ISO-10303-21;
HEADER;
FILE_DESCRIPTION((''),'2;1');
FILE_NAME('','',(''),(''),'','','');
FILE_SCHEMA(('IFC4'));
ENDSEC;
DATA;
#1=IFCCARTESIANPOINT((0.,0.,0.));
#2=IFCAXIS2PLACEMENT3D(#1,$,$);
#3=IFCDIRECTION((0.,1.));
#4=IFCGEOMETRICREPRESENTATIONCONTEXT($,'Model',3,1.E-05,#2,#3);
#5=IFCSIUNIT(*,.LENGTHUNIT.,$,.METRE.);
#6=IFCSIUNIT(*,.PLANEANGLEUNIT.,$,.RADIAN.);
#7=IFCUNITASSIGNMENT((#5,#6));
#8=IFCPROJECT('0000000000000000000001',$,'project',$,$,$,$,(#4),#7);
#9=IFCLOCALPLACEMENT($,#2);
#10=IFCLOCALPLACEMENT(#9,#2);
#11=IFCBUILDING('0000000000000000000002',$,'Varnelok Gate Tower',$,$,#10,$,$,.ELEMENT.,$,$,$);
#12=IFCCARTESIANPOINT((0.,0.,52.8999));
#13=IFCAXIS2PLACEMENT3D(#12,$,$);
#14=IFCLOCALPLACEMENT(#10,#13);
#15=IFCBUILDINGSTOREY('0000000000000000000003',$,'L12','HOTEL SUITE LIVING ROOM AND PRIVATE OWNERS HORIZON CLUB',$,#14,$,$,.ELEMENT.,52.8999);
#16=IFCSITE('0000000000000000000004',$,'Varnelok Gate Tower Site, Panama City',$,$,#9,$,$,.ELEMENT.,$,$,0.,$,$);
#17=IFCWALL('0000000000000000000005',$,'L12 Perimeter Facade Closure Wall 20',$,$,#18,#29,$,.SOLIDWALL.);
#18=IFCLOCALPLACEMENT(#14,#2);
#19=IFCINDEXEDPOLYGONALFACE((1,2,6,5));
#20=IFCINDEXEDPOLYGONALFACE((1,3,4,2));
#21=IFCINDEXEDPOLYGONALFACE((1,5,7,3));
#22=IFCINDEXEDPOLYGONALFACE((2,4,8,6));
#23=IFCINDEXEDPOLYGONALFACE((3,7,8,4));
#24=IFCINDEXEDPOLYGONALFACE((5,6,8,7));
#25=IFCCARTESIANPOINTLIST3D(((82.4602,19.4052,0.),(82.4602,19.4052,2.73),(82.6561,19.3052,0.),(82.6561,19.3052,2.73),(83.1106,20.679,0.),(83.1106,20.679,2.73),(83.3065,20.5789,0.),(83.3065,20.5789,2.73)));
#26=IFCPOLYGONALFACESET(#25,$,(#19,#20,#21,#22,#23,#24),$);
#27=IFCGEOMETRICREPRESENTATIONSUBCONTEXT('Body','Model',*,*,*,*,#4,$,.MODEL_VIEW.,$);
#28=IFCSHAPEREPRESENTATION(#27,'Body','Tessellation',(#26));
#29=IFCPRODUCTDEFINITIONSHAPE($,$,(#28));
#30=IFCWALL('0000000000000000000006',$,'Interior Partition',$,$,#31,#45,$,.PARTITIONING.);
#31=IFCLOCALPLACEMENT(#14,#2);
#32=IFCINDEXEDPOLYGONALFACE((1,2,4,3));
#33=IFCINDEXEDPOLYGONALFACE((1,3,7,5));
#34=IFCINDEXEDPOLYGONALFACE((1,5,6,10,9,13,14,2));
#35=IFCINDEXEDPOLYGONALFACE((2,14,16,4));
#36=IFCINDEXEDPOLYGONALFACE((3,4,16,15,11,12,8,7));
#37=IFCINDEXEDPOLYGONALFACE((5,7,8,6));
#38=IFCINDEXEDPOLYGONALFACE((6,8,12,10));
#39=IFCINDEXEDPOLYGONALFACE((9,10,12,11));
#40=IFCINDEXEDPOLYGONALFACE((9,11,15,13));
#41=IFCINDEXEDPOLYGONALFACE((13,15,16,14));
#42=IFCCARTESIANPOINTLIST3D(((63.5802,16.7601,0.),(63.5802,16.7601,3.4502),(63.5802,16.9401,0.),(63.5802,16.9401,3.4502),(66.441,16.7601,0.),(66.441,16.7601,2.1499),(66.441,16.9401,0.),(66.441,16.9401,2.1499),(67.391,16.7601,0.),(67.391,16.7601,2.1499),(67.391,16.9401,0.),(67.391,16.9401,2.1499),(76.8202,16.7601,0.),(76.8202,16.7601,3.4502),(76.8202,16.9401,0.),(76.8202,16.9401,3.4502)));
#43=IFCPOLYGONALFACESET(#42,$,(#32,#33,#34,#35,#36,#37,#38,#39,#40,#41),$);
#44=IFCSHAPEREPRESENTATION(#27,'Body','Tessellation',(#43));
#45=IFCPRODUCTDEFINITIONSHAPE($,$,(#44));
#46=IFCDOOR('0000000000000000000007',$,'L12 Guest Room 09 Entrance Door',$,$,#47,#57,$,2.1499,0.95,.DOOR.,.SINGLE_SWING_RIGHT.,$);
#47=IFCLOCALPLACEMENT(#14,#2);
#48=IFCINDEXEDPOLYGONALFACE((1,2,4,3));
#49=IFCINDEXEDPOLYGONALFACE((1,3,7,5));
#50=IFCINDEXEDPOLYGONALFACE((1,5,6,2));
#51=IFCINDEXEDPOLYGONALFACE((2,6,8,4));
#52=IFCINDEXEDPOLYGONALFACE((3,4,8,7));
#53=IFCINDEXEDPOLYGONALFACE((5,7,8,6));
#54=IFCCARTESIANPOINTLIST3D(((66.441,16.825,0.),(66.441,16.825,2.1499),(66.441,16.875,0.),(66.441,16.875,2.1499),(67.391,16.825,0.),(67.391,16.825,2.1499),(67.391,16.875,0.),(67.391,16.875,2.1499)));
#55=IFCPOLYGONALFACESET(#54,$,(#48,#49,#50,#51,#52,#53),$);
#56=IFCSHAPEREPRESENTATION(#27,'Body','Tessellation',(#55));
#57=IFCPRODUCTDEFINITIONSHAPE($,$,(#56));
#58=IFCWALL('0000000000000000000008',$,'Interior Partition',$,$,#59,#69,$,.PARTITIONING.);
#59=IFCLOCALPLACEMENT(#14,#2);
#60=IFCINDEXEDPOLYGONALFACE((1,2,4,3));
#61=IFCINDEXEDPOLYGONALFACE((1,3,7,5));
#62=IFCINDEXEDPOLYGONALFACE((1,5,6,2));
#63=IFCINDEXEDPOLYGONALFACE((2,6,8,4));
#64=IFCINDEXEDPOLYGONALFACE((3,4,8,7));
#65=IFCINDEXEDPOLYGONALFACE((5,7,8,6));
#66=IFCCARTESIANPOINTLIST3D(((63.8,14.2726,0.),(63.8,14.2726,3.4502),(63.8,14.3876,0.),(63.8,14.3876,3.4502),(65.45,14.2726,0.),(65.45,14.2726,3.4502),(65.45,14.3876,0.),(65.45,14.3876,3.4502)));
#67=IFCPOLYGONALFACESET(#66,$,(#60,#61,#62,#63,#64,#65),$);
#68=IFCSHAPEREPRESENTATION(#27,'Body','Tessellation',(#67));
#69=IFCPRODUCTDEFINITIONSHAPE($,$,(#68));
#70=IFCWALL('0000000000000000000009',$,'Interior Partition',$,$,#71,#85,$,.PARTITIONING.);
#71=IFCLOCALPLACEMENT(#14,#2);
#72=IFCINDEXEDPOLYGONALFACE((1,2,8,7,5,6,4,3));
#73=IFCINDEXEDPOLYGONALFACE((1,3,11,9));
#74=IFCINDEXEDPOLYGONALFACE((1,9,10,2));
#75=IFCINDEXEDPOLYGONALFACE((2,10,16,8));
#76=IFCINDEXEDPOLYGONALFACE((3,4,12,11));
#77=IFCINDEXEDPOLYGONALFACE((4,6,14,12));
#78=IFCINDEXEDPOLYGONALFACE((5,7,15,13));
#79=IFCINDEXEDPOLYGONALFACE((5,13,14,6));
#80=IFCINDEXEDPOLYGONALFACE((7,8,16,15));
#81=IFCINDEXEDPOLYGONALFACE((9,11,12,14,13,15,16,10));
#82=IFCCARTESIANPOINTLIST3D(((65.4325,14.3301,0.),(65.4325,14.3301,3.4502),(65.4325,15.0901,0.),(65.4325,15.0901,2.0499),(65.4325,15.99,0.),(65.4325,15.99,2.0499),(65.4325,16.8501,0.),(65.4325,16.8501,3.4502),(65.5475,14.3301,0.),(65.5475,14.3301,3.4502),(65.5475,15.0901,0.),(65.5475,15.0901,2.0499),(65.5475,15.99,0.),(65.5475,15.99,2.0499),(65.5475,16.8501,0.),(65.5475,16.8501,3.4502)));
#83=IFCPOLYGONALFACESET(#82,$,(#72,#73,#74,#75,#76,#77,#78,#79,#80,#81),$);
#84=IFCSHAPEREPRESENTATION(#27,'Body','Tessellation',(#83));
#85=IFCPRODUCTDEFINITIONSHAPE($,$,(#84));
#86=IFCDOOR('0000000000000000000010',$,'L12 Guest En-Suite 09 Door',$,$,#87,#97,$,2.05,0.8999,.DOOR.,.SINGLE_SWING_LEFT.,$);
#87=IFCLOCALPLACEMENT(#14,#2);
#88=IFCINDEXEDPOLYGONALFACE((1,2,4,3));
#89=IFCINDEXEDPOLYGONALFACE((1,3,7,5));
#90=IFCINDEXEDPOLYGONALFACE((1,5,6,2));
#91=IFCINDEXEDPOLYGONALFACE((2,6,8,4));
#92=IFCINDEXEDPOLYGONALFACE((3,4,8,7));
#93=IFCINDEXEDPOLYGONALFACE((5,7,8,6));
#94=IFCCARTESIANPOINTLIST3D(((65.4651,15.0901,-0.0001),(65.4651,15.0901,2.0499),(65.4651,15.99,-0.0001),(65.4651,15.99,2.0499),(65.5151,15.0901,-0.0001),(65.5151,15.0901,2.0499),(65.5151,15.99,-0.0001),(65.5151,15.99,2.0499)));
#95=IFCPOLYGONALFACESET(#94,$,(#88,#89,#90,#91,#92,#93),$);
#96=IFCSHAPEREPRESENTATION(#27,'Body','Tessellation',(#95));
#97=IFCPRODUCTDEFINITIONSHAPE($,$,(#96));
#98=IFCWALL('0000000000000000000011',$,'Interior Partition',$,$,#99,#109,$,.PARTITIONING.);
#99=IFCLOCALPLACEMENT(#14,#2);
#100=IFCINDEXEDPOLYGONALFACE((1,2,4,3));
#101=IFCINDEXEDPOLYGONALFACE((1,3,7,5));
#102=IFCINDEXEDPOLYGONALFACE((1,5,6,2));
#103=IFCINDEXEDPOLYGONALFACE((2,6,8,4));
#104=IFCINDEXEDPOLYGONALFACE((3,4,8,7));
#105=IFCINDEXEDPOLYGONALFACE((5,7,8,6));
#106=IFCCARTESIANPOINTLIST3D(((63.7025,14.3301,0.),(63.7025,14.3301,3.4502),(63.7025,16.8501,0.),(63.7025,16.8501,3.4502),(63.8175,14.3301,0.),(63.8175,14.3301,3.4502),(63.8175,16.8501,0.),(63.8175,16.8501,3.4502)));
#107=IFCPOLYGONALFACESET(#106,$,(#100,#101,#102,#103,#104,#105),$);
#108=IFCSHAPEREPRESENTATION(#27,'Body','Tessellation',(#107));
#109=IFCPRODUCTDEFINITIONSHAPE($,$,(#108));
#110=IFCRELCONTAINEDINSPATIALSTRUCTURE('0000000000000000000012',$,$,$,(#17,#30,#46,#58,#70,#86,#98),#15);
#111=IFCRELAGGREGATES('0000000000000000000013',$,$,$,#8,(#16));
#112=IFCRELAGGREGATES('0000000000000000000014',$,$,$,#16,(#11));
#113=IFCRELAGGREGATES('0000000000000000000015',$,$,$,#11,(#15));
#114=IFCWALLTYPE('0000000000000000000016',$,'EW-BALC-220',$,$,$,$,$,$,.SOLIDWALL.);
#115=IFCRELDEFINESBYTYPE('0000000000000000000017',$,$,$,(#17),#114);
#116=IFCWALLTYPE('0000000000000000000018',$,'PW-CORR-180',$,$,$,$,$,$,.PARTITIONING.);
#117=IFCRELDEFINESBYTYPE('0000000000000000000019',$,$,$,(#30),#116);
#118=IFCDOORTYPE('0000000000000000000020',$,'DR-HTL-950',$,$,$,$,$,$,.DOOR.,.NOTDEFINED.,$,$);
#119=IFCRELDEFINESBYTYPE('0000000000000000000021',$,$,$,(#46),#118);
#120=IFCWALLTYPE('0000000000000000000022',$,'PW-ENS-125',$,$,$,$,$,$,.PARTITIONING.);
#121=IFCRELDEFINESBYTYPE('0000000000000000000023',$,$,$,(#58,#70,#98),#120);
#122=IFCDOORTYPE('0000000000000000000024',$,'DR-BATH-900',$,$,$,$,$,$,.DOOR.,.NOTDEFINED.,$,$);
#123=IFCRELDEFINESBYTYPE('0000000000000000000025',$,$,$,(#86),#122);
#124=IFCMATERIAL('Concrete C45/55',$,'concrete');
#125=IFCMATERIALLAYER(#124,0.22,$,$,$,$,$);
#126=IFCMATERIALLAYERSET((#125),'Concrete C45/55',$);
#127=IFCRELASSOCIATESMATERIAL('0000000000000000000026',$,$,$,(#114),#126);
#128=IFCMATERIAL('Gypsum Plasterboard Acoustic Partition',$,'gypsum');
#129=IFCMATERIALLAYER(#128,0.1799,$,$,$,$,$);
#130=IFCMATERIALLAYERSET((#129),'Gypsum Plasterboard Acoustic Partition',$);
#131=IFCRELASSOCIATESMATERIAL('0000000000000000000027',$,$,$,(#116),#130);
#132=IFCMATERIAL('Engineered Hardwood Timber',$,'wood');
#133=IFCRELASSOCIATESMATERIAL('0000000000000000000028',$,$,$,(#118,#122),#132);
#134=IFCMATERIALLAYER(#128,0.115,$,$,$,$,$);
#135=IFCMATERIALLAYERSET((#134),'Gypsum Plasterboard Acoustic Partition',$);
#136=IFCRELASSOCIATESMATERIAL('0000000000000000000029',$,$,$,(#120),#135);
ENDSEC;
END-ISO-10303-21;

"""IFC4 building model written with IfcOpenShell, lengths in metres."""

from ifc_helpers import new_model, si_unit, direction, frame, frame_2d, origin, place, context, subcontext, project, spatial, rectangle, extrude, material, layer, layer_set, type_object, element, fill, save


model = new_model("IFC4")

# Units and contexts
model_context = context("Model", 3, precision=1e-05, world=origin(), true_north=direction((0.0, 1.0)))
body_context = subcontext(model_context, "Body", "Model", "MODEL_VIEW")
ifc_project = project(units=[si_unit("LENGTHUNIT", "METRE"), si_unit("PLANEANGLEUNIT", "RADIAN")], contexts=[model_context])

# Site, building, storey
site_placement = place(None, origin())
site = spatial("IfcSite", under=ifc_project, at=site_placement, Name="Varnelok Gate Tower Site, Panama City", CompositionType="ELEMENT", RefElevation=0.0)
building_placement = place(site_placement, origin())
building = spatial("IfcBuilding", under=site, at=building_placement, Name="Varnelok Gate Tower", CompositionType="ELEMENT")
storey_placement = place(building_placement, frame((0.0, 0.0, 52.8999)))
storey = spatial("IfcBuildingStorey", under=building, at=storey_placement, Name="L12", Description="HOTEL SUITE LIVING ROOM AND PRIVATE OWNERS HORIZON CLUB", CompositionType="ELEMENT", Elevation=52.8999)

# Wall
ifc_material_1 = material(Name="Concrete C45/55", Category="concrete")
ifc_layer_1 = layer(ifc_material_1, 0.22)
ifc_layer_set_1 = layer_set([ifc_layer_1], Name="Concrete C45/55")
wall_type_1 = type_object("IfcWallType", Name="EW-BALC-220", PredefinedType="SOLIDWALL", material=ifc_layer_set_1)
wall_1_placement = place(storey_placement, frame((82.5581, 19.3552, 0.0), z_axis=(0.0, 0.0, 1.0), x_axis=(0.454777, 0.890605, 0.0)))
element("IfcWall", 1, at=wall_1_placement, inside=storey, type_object=wall_type_1, Name="L12 Perimeter Facade Closure Wall 20", PredefinedType="SOLIDWALL", context=body_context, shape_type="SweptSolid", body=[
    extrude(rectangle(XDim=1.4302, YDim=0.22, at=frame_2d((0.7151, 0.0))), origin(), (0.0, 0.0, 1.0), 2.73),
])

# Wall, opening, door
ifc_material_2 = material(Name="Gypsum Plasterboard Acoustic Partition", Category="gypsum")
ifc_layer_2 = layer(ifc_material_2, 0.1799)
ifc_layer_set_2 = layer_set([ifc_layer_2], Name="Gypsum Plasterboard Acoustic Partition")
wall_type_2 = type_object("IfcWallType", Name="PW-CORR-180", PredefinedType="PARTITIONING", material=ifc_layer_set_2)
wall_2_placement = place(storey_placement, frame((63.5801, 16.8501, 0.0), z_axis=(0.0, 0.0, 1.0), x_axis=(1.0, 0.0, 0.0)))
wall_2 = element("IfcWall", 2, at=wall_2_placement, inside=storey, type_object=wall_type_2, Name="Interior Partition", PredefinedType="PARTITIONING", context=body_context, shape_type="SweptSolid", body=[
    extrude(rectangle(XDim=13.24, YDim=0.1799, at=frame_2d((6.6201, 0.0))), origin(), (0.0, 0.0, 1.0), 3.4502),
])
opening_1_placement = place(wall_2_placement, frame((2.8608, 0.0, 0.0)))
opening_1 = element("IfcOpeningElement", 3, at=opening_1_placement, cuts=wall_2, PredefinedType="OPENING", context=body_context, shape_type="SweptSolid", body=[
    extrude(rectangle(XDim=0.95, YDim=2.1499, at=frame_2d((0.4751, 1.075))), frame((0.0, 0.0999, 0.0), z_axis=(0.0, -1.0, 0.0), x_axis=(1.0, 0.0, 0.0)), (0.0, 0.0, 1.0), 0.2),
])
ifc_material_3 = material(Name="Engineered Hardwood Timber", Category="wood")
door_type_1 = type_object("IfcDoorType", Name="DR-HTL-950", OperationType="NOTDEFINED", PredefinedType="DOOR", material=ifc_material_3)
door_1_placement = place(opening_1_placement, origin())
door_1 = element("IfcDoor", 4, at=door_1_placement, inside=storey, type_object=door_type_1, Name="L12 Guest Room 09 Entrance Door", OperationType="SINGLE_SWING_RIGHT", OverallHeight=2.1499, OverallWidth=0.95, PredefinedType="DOOR", context=body_context, shape_type="SweptSolid", body=[
    extrude(rectangle(XDim=0.95, YDim=2.1499, at=frame_2d((0.4751, 1.075))), frame((0.0, 0.0249, 0.0), z_axis=(0.0, -1.0, 0.0), x_axis=(1.0, 0.0, 0.0)), (0.0, 0.0, 1.0), 0.05),
])
fill(opening_1, door_1)

# Wall
ifc_layer_3 = layer(ifc_material_2, 0.115)
ifc_layer_set_3 = layer_set([ifc_layer_3], Name="Gypsum Plasterboard Acoustic Partition")
wall_type_3 = type_object("IfcWallType", Name="PW-ENS-125", PredefinedType="PARTITIONING", material=ifc_layer_set_3)
wall_3_placement = place(storey_placement, frame((63.8, 14.3301, 0.0), z_axis=(0.0, 0.0, 1.0), x_axis=(1.0, 0.0, 0.0)))
element("IfcWall", 5, at=wall_3_placement, inside=storey, type_object=wall_type_3, Name="Interior Partition", PredefinedType="PARTITIONING", context=body_context, shape_type="SweptSolid", body=[
    extrude(rectangle(XDim=1.6499, YDim=0.115, at=frame_2d((0.825, 0.0))), origin(), (0.0, 0.0, 1.0), 3.4502),
])

# Wall, opening, door
wall_4_placement = place(storey_placement, frame((65.49, 14.3301, 0.0), z_axis=(0.0, 0.0, 1.0), x_axis=(0.0, 1.0, 0.0)))
wall_4 = element("IfcWall", 6, at=wall_4_placement, inside=storey, type_object=wall_type_3, Name="Interior Partition", PredefinedType="PARTITIONING", context=body_context, shape_type="SweptSolid", body=[
    extrude(rectangle(XDim=2.52, YDim=0.115, at=frame_2d((1.26, 0.0))), origin(), (0.0, 0.0, 1.0), 3.4502),
])
opening_2_placement = place(wall_4_placement, frame((0.76, 0.0, 0.0)))
opening_2 = element("IfcOpeningElement", 7, at=opening_2_placement, cuts=wall_4, PredefinedType="OPENING", context=body_context, shape_type="SweptSolid", body=[
    extrude(rectangle(XDim=0.8999, YDim=2.05, at=frame_2d((0.45, 1.0249))), frame((0.0, 0.0674, 0.0), z_axis=(0.0, -1.0, 0.0), x_axis=(1.0, 0.0, 0.0)), (0.0, 0.0, 1.0), 0.135),
])
door_type_2 = type_object("IfcDoorType", Name="DR-BATH-900", OperationType="NOTDEFINED", PredefinedType="DOOR", material=ifc_material_3)
door_2_placement = place(opening_2_placement, origin())
door_2 = element("IfcDoor", 8, at=door_2_placement, inside=storey, type_object=door_type_2, Name="L12 Guest En-Suite 09 Door", OperationType="SINGLE_SWING_LEFT", OverallHeight=2.05, OverallWidth=0.8999, PredefinedType="DOOR", context=body_context, shape_type="SweptSolid", body=[
    extrude(rectangle(XDim=0.8999, YDim=2.05, at=frame_2d((0.45, 1.0249))), frame((0.0, 0.0249, 0.0), z_axis=(0.0, -1.0, 0.0), x_axis=(1.0, 0.0, 0.0)), (0.0, 0.0, 1.0), 0.05),
])
fill(opening_2, door_2)

# Wall
wall_5_placement = place(storey_placement, frame((63.76, 14.3301, 0.0), z_axis=(0.0, 0.0, 1.0), x_axis=(0.0, 1.0, 0.0)))
element("IfcWall", 9, at=wall_5_placement, inside=storey, type_object=wall_type_3, Name="Interior Partition", PredefinedType="PARTITIONING", context=body_context, shape_type="SweptSolid", body=[
    extrude(rectangle(XDim=2.52, YDim=0.115, at=frame_2d((1.26, 0.0))), origin(), (0.0, 0.0, 1.0), 3.4502),
])

save(model, "model.ifc")
